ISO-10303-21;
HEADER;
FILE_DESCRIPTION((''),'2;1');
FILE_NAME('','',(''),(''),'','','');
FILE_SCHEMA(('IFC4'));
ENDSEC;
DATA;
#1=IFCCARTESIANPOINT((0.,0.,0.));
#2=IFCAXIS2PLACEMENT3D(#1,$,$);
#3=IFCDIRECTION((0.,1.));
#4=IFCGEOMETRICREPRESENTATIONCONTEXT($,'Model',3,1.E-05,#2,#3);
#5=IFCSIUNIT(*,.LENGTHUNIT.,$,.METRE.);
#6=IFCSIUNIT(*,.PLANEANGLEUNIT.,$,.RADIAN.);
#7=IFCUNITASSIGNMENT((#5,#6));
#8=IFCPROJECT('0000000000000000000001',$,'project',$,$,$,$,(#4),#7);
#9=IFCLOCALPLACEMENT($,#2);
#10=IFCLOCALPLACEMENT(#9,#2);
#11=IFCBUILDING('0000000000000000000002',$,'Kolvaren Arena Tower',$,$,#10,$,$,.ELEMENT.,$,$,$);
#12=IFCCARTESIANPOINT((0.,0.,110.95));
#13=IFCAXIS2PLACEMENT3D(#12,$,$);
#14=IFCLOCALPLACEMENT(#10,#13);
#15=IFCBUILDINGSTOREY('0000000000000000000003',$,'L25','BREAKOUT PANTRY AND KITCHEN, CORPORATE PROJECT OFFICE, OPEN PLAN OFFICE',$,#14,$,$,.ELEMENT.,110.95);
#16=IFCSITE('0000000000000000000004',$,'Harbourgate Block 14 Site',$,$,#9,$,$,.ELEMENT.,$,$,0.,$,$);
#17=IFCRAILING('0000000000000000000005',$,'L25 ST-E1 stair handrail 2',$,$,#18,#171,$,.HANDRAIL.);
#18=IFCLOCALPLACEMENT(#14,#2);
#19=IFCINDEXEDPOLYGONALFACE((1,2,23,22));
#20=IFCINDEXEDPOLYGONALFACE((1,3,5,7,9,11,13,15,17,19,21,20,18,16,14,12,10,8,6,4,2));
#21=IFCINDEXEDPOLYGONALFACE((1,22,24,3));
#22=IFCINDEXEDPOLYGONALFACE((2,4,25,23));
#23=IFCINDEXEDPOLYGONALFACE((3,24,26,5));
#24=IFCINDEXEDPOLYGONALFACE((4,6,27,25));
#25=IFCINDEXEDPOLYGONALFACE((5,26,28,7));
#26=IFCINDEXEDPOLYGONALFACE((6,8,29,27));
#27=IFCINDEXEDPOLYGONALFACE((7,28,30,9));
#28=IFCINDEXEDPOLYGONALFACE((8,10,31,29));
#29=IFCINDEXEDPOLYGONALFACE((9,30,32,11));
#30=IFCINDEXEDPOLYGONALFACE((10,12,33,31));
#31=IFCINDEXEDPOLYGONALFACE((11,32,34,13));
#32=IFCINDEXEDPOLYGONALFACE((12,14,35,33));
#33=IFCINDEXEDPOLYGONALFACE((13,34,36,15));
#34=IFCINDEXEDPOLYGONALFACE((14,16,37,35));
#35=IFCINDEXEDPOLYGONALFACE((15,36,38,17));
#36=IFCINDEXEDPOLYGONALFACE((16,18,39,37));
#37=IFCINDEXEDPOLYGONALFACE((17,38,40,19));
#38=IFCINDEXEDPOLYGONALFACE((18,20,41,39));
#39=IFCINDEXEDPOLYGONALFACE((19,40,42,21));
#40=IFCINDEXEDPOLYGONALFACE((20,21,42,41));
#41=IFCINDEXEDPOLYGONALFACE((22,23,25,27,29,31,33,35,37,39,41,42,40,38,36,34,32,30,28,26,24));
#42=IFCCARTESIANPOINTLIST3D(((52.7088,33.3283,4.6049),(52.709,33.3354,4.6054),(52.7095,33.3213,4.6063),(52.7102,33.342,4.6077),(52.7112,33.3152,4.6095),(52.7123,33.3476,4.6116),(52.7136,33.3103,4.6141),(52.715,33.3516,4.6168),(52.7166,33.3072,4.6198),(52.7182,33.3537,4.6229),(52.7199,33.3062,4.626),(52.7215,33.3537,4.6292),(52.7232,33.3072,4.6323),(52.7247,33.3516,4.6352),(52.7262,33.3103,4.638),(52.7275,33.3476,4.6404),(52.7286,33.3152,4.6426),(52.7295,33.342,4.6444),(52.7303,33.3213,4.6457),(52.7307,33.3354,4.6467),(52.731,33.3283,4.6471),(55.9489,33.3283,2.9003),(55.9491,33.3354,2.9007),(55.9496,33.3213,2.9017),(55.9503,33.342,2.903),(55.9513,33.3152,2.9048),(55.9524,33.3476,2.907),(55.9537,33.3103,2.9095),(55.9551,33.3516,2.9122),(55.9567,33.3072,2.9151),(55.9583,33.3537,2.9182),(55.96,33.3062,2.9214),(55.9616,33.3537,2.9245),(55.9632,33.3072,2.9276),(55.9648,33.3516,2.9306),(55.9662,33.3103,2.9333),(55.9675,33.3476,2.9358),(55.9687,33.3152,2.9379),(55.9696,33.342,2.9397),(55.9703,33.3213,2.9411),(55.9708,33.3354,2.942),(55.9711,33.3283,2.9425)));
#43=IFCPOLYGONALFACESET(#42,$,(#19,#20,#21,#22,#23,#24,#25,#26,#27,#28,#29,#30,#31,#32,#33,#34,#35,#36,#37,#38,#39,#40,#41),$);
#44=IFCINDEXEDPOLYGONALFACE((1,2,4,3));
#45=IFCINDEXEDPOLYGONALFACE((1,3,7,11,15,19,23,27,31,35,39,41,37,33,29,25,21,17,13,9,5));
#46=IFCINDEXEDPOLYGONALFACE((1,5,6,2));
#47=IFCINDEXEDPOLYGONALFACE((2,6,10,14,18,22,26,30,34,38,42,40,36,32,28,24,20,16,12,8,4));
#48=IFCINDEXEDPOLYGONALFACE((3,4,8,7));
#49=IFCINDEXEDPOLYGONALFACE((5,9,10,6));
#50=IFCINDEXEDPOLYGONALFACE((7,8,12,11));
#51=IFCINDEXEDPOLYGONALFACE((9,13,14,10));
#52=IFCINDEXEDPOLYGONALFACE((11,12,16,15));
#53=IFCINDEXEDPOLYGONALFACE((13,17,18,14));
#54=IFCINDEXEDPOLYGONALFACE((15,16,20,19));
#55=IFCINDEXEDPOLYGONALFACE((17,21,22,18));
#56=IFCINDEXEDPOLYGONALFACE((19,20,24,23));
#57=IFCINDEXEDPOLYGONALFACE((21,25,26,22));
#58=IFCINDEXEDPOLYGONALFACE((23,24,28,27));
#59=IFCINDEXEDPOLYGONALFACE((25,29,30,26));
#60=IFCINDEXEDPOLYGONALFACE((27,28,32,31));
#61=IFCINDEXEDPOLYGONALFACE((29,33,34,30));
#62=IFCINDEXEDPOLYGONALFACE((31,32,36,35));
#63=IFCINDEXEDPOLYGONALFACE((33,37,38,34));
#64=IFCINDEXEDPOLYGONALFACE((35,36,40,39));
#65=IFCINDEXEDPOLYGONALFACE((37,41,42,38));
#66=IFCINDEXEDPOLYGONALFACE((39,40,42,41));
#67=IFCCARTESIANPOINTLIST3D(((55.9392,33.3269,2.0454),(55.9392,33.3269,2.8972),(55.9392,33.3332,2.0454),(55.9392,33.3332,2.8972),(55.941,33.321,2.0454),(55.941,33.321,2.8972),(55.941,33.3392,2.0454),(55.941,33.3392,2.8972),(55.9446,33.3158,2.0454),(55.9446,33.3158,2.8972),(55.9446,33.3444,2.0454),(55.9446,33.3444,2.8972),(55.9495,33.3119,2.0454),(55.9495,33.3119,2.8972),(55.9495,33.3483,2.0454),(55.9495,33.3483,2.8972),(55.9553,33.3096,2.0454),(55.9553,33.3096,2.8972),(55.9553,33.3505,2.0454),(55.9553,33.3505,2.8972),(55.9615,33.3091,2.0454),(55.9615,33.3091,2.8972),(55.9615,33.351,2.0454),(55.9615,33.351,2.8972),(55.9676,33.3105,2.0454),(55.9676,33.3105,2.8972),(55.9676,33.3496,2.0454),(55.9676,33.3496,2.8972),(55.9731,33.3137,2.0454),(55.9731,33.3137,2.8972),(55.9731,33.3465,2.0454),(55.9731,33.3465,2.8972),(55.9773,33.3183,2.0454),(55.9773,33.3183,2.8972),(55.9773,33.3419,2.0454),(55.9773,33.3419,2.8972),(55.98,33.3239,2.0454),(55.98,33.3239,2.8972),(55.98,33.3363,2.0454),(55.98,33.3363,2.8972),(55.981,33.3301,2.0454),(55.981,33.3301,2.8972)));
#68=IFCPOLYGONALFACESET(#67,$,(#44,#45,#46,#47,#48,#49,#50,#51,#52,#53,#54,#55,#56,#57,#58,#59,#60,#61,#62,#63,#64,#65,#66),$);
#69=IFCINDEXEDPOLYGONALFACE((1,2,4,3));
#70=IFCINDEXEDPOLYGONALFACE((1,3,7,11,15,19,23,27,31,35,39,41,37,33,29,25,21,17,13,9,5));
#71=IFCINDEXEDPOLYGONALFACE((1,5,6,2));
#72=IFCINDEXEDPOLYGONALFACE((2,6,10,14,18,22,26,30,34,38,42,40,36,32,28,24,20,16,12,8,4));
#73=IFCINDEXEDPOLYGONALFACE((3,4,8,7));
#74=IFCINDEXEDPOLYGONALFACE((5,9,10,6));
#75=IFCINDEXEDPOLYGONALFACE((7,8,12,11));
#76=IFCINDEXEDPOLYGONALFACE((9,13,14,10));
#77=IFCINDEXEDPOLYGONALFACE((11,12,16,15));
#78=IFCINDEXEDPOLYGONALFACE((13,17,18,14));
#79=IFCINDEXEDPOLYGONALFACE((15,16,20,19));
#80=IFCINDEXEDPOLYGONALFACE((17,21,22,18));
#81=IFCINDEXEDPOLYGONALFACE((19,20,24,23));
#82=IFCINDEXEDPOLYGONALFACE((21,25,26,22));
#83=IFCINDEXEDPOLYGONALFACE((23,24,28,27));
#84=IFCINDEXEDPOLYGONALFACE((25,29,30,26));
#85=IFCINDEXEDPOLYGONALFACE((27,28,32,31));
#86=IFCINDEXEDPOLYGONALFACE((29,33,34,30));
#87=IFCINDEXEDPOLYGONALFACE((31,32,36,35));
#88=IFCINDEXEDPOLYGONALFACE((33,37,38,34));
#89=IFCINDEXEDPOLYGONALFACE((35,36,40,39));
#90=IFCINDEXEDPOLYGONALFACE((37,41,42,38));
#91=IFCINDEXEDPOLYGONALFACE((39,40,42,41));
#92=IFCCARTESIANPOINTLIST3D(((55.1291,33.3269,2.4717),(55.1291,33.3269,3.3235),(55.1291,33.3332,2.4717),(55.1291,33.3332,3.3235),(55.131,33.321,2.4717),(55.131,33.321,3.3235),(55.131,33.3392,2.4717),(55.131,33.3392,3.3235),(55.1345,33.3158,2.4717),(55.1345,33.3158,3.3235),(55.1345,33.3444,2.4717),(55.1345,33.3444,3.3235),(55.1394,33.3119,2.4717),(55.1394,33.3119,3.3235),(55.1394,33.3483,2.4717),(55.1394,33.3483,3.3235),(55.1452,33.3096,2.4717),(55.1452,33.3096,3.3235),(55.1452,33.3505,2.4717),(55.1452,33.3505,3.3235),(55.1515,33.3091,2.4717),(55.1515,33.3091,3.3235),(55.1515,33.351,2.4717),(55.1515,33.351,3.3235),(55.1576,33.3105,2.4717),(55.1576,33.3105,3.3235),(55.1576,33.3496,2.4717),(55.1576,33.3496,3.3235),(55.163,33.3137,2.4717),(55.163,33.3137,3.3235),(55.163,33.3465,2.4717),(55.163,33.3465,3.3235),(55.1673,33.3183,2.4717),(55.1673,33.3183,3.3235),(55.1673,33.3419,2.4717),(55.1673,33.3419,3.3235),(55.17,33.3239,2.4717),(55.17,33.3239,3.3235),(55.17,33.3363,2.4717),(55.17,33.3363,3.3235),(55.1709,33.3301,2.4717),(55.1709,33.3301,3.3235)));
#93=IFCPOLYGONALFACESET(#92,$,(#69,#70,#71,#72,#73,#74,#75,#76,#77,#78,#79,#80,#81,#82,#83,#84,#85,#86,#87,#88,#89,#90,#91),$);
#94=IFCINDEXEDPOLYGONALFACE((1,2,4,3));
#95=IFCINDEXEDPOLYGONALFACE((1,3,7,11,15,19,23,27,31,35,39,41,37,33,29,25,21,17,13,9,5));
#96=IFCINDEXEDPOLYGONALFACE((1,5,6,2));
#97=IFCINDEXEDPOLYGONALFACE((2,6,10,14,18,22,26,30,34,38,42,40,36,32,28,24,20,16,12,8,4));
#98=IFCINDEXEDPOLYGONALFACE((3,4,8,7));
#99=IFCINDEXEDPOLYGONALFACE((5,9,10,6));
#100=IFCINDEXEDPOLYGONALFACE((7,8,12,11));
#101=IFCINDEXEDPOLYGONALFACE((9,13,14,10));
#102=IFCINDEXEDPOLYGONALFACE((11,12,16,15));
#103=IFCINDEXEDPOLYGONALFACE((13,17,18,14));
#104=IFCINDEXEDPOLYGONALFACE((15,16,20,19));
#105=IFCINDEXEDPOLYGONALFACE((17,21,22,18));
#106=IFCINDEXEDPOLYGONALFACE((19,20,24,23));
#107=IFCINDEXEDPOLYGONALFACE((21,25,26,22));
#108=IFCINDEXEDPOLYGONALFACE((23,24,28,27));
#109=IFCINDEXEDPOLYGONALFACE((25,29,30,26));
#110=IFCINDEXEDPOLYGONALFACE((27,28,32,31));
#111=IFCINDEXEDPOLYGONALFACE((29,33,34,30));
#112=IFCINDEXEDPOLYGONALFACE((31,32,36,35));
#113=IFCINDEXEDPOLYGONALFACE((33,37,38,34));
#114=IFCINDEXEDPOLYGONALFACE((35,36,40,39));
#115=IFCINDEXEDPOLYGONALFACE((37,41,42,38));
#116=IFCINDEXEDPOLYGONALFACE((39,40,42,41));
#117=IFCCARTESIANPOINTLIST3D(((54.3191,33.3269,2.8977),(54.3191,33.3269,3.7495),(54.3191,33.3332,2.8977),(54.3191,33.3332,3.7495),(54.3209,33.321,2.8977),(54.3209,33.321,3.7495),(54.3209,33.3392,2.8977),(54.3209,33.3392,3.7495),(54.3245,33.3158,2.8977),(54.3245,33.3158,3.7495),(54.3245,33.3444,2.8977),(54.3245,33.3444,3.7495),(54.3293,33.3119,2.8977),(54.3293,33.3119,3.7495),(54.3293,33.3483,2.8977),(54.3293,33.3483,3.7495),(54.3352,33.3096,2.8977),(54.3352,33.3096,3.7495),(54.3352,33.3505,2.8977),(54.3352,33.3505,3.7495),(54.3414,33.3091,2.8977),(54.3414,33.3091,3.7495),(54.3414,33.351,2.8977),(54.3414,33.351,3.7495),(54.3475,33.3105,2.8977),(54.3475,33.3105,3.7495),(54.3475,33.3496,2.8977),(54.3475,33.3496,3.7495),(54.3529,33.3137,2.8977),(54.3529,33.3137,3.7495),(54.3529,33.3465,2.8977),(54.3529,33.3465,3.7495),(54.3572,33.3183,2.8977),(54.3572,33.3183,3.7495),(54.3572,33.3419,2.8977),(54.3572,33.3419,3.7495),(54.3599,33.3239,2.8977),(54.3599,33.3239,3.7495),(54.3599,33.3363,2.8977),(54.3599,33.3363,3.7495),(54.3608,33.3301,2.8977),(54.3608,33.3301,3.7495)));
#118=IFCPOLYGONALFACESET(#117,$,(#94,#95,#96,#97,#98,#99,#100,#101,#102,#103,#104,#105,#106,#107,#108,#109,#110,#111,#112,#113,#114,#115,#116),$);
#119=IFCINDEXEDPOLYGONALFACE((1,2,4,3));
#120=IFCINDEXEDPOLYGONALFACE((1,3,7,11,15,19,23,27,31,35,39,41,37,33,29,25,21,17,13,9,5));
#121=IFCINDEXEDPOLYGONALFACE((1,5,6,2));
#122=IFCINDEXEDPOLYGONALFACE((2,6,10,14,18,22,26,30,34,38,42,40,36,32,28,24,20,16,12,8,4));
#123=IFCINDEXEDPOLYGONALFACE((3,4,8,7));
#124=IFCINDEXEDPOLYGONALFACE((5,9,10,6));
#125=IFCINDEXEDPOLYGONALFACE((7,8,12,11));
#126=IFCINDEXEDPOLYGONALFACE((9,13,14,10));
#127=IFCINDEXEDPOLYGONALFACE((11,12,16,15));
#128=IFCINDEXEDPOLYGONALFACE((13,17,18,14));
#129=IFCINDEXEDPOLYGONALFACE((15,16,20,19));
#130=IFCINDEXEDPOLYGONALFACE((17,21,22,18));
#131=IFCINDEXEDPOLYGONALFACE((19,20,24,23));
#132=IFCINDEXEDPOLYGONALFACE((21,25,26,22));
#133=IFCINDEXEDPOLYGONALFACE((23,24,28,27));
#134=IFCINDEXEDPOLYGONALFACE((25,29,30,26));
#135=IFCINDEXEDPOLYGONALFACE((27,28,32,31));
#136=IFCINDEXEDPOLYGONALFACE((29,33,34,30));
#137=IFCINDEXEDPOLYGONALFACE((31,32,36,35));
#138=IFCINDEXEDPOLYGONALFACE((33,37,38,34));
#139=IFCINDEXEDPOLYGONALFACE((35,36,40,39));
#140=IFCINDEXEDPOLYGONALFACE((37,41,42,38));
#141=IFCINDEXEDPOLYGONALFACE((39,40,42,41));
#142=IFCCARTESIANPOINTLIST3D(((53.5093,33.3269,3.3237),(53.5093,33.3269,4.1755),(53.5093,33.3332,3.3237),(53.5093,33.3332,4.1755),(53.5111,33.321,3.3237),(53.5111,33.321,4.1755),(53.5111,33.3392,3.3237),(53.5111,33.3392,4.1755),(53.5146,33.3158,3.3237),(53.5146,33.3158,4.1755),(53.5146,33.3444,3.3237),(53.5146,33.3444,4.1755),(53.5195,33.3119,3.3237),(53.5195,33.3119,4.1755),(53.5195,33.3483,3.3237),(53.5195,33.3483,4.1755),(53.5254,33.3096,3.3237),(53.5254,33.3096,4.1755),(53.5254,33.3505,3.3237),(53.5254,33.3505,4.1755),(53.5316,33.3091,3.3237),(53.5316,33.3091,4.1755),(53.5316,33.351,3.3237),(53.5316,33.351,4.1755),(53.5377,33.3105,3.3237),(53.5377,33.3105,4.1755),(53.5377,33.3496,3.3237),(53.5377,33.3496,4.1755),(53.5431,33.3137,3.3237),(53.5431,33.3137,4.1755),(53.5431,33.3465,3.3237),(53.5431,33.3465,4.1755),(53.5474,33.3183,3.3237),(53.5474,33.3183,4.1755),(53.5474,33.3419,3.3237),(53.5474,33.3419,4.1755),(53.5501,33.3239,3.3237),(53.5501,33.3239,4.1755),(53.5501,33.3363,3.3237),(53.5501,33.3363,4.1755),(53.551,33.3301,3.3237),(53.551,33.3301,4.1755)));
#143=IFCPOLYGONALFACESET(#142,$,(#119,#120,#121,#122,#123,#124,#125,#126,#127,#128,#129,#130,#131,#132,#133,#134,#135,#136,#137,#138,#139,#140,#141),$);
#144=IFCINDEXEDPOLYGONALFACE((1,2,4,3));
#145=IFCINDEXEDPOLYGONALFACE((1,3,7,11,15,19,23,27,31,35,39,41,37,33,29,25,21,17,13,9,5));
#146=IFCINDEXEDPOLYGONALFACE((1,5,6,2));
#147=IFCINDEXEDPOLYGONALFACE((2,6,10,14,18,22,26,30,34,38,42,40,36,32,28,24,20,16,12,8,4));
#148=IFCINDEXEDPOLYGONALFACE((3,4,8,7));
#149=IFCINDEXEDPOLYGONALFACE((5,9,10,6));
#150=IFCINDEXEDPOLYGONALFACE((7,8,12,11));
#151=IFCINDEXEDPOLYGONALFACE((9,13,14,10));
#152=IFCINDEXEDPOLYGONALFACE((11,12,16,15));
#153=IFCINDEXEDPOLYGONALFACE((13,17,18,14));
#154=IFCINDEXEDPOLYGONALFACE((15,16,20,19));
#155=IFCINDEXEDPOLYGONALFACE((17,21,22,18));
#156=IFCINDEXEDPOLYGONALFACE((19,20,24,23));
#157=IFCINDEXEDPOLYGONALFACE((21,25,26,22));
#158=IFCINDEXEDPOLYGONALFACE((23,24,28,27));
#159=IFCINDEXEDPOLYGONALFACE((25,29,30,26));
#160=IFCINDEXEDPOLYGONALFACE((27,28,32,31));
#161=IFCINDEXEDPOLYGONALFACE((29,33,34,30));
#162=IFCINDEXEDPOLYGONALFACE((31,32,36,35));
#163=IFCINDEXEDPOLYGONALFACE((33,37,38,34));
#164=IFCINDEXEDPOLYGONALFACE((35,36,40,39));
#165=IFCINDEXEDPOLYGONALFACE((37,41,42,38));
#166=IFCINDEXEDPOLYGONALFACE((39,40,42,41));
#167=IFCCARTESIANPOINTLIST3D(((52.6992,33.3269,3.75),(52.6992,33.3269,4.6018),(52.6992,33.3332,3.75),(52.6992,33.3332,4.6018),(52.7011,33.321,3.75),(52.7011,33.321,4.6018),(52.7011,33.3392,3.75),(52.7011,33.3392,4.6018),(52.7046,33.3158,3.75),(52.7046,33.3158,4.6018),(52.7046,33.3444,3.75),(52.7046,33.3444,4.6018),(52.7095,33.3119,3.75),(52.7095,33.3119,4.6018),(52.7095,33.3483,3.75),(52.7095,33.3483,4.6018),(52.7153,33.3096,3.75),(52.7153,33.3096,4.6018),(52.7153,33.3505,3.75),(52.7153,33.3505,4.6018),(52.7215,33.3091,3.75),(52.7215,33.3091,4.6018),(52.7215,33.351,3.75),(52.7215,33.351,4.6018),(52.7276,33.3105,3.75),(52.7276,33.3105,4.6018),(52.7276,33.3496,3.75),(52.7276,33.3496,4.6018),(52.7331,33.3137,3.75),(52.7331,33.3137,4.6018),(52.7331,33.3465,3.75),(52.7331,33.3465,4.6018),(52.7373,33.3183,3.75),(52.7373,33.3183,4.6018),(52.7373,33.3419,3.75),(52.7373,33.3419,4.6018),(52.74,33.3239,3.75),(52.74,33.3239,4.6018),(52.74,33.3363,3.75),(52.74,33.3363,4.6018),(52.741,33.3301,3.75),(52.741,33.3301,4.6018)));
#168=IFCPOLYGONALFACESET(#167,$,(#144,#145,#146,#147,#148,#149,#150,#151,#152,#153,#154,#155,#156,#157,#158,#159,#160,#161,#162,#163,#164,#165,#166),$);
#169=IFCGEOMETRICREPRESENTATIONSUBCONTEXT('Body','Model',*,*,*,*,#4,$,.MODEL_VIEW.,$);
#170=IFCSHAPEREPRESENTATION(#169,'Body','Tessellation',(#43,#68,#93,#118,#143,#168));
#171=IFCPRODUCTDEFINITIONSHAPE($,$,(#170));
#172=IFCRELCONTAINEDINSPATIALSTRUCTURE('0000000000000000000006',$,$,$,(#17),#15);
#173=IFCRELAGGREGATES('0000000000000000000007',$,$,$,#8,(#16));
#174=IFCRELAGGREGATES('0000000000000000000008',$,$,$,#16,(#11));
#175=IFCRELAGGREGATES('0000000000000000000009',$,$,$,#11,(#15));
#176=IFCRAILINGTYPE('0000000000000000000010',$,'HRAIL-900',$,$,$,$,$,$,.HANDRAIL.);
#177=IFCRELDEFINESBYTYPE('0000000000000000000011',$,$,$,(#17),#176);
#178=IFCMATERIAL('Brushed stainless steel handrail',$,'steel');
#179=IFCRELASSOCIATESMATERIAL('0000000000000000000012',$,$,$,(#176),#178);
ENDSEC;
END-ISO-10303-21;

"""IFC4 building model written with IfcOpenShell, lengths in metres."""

from ifc_helpers import new_model, si_unit, direction, frame, origin, origin_2d, place, context, subcontext, project, spatial, circle, extrude, material, type_object, element, save


model = new_model("IFC4")

# Units and contexts
model_context = context("Model", 3, precision=1e-05, world=origin(), true_north=direction((0.0, 1.0)))
body_context = subcontext(model_context, "Body", "Model", "MODEL_VIEW")
ifc_project = project(units=[si_unit("LENGTHUNIT", "METRE"), si_unit("PLANEANGLEUNIT", "RADIAN")], contexts=[model_context])

# Site, building, storey
site_placement = place(None, origin())
site = spatial("IfcSite", under=ifc_project, at=site_placement, Name="Harbourgate Block 14 Site", CompositionType="ELEMENT", RefElevation=0.0)
building_placement = place(site_placement, origin())
building = spatial("IfcBuilding", under=site, at=building_placement, Name="Kolvaren Arena Tower", CompositionType="ELEMENT")
storey_placement = place(building_placement, frame((0.0, 0.0, 110.95)))
storey = spatial("IfcBuildingStorey", under=building, at=storey_placement, Name="L25", Description="BREAKOUT PANTRY AND KITCHEN, CORPORATE PROJECT OFFICE, OPEN PLAN OFFICE", CompositionType="ELEMENT", Elevation=110.95)

# Railing
ifc_material_1 = material(Name="Brushed stainless steel handrail", Category="steel")
railing_type_1 = type_object("IfcRailingType", Name="HRAIL-900", PredefinedType="HANDRAIL", material=ifc_material_1)
for number, where, name in (
    (1, (55.96, 33.3301, 2.0454), "L25 ST-E1 stair handrail 2"),
):
    element("IfcRailing", number, at=place(storey_placement, frame(where)), inside=storey, type_object=railing_type_1, Name=name, PredefinedType="HANDRAIL", context=body_context, shape_type="SweptSolid", body=[
        extrude(circle(Radius=0.0239, at=origin_2d()), frame((0.0, 0.0, 0.876), z_axis=(-0.884993, 0.0, 0.465604), x_axis=(0.0, -1.0, 0.0)), (0.0, 0.0, 1.0), 3.6611),
        extrude(circle(Radius=0.021, at=origin_2d()), origin(), (0.0, 0.0, 1.0), 0.8518),
        extrude(circle(Radius=0.021, at=origin_2d()), frame((-0.8101, 0.0, 0.4263)), (0.0, 0.0, 1.0), 0.8518),
        extrude(circle(Radius=0.021, at=origin_2d()), frame((-1.6201, 0.0, 0.8523)), (0.0, 0.0, 1.0), 0.8518),
        extrude(circle(Radius=0.021, at=origin_2d()), frame((-2.4299, 0.0, 1.2783)), (0.0, 0.0, 1.0), 0.8518),
        extrude(circle(Radius=0.021, at=origin_2d()), frame((-3.24, 0.0, 1.7046)), (0.0, 0.0, 1.0), 0.8518),
    ])

save(model, "model.ifc")
